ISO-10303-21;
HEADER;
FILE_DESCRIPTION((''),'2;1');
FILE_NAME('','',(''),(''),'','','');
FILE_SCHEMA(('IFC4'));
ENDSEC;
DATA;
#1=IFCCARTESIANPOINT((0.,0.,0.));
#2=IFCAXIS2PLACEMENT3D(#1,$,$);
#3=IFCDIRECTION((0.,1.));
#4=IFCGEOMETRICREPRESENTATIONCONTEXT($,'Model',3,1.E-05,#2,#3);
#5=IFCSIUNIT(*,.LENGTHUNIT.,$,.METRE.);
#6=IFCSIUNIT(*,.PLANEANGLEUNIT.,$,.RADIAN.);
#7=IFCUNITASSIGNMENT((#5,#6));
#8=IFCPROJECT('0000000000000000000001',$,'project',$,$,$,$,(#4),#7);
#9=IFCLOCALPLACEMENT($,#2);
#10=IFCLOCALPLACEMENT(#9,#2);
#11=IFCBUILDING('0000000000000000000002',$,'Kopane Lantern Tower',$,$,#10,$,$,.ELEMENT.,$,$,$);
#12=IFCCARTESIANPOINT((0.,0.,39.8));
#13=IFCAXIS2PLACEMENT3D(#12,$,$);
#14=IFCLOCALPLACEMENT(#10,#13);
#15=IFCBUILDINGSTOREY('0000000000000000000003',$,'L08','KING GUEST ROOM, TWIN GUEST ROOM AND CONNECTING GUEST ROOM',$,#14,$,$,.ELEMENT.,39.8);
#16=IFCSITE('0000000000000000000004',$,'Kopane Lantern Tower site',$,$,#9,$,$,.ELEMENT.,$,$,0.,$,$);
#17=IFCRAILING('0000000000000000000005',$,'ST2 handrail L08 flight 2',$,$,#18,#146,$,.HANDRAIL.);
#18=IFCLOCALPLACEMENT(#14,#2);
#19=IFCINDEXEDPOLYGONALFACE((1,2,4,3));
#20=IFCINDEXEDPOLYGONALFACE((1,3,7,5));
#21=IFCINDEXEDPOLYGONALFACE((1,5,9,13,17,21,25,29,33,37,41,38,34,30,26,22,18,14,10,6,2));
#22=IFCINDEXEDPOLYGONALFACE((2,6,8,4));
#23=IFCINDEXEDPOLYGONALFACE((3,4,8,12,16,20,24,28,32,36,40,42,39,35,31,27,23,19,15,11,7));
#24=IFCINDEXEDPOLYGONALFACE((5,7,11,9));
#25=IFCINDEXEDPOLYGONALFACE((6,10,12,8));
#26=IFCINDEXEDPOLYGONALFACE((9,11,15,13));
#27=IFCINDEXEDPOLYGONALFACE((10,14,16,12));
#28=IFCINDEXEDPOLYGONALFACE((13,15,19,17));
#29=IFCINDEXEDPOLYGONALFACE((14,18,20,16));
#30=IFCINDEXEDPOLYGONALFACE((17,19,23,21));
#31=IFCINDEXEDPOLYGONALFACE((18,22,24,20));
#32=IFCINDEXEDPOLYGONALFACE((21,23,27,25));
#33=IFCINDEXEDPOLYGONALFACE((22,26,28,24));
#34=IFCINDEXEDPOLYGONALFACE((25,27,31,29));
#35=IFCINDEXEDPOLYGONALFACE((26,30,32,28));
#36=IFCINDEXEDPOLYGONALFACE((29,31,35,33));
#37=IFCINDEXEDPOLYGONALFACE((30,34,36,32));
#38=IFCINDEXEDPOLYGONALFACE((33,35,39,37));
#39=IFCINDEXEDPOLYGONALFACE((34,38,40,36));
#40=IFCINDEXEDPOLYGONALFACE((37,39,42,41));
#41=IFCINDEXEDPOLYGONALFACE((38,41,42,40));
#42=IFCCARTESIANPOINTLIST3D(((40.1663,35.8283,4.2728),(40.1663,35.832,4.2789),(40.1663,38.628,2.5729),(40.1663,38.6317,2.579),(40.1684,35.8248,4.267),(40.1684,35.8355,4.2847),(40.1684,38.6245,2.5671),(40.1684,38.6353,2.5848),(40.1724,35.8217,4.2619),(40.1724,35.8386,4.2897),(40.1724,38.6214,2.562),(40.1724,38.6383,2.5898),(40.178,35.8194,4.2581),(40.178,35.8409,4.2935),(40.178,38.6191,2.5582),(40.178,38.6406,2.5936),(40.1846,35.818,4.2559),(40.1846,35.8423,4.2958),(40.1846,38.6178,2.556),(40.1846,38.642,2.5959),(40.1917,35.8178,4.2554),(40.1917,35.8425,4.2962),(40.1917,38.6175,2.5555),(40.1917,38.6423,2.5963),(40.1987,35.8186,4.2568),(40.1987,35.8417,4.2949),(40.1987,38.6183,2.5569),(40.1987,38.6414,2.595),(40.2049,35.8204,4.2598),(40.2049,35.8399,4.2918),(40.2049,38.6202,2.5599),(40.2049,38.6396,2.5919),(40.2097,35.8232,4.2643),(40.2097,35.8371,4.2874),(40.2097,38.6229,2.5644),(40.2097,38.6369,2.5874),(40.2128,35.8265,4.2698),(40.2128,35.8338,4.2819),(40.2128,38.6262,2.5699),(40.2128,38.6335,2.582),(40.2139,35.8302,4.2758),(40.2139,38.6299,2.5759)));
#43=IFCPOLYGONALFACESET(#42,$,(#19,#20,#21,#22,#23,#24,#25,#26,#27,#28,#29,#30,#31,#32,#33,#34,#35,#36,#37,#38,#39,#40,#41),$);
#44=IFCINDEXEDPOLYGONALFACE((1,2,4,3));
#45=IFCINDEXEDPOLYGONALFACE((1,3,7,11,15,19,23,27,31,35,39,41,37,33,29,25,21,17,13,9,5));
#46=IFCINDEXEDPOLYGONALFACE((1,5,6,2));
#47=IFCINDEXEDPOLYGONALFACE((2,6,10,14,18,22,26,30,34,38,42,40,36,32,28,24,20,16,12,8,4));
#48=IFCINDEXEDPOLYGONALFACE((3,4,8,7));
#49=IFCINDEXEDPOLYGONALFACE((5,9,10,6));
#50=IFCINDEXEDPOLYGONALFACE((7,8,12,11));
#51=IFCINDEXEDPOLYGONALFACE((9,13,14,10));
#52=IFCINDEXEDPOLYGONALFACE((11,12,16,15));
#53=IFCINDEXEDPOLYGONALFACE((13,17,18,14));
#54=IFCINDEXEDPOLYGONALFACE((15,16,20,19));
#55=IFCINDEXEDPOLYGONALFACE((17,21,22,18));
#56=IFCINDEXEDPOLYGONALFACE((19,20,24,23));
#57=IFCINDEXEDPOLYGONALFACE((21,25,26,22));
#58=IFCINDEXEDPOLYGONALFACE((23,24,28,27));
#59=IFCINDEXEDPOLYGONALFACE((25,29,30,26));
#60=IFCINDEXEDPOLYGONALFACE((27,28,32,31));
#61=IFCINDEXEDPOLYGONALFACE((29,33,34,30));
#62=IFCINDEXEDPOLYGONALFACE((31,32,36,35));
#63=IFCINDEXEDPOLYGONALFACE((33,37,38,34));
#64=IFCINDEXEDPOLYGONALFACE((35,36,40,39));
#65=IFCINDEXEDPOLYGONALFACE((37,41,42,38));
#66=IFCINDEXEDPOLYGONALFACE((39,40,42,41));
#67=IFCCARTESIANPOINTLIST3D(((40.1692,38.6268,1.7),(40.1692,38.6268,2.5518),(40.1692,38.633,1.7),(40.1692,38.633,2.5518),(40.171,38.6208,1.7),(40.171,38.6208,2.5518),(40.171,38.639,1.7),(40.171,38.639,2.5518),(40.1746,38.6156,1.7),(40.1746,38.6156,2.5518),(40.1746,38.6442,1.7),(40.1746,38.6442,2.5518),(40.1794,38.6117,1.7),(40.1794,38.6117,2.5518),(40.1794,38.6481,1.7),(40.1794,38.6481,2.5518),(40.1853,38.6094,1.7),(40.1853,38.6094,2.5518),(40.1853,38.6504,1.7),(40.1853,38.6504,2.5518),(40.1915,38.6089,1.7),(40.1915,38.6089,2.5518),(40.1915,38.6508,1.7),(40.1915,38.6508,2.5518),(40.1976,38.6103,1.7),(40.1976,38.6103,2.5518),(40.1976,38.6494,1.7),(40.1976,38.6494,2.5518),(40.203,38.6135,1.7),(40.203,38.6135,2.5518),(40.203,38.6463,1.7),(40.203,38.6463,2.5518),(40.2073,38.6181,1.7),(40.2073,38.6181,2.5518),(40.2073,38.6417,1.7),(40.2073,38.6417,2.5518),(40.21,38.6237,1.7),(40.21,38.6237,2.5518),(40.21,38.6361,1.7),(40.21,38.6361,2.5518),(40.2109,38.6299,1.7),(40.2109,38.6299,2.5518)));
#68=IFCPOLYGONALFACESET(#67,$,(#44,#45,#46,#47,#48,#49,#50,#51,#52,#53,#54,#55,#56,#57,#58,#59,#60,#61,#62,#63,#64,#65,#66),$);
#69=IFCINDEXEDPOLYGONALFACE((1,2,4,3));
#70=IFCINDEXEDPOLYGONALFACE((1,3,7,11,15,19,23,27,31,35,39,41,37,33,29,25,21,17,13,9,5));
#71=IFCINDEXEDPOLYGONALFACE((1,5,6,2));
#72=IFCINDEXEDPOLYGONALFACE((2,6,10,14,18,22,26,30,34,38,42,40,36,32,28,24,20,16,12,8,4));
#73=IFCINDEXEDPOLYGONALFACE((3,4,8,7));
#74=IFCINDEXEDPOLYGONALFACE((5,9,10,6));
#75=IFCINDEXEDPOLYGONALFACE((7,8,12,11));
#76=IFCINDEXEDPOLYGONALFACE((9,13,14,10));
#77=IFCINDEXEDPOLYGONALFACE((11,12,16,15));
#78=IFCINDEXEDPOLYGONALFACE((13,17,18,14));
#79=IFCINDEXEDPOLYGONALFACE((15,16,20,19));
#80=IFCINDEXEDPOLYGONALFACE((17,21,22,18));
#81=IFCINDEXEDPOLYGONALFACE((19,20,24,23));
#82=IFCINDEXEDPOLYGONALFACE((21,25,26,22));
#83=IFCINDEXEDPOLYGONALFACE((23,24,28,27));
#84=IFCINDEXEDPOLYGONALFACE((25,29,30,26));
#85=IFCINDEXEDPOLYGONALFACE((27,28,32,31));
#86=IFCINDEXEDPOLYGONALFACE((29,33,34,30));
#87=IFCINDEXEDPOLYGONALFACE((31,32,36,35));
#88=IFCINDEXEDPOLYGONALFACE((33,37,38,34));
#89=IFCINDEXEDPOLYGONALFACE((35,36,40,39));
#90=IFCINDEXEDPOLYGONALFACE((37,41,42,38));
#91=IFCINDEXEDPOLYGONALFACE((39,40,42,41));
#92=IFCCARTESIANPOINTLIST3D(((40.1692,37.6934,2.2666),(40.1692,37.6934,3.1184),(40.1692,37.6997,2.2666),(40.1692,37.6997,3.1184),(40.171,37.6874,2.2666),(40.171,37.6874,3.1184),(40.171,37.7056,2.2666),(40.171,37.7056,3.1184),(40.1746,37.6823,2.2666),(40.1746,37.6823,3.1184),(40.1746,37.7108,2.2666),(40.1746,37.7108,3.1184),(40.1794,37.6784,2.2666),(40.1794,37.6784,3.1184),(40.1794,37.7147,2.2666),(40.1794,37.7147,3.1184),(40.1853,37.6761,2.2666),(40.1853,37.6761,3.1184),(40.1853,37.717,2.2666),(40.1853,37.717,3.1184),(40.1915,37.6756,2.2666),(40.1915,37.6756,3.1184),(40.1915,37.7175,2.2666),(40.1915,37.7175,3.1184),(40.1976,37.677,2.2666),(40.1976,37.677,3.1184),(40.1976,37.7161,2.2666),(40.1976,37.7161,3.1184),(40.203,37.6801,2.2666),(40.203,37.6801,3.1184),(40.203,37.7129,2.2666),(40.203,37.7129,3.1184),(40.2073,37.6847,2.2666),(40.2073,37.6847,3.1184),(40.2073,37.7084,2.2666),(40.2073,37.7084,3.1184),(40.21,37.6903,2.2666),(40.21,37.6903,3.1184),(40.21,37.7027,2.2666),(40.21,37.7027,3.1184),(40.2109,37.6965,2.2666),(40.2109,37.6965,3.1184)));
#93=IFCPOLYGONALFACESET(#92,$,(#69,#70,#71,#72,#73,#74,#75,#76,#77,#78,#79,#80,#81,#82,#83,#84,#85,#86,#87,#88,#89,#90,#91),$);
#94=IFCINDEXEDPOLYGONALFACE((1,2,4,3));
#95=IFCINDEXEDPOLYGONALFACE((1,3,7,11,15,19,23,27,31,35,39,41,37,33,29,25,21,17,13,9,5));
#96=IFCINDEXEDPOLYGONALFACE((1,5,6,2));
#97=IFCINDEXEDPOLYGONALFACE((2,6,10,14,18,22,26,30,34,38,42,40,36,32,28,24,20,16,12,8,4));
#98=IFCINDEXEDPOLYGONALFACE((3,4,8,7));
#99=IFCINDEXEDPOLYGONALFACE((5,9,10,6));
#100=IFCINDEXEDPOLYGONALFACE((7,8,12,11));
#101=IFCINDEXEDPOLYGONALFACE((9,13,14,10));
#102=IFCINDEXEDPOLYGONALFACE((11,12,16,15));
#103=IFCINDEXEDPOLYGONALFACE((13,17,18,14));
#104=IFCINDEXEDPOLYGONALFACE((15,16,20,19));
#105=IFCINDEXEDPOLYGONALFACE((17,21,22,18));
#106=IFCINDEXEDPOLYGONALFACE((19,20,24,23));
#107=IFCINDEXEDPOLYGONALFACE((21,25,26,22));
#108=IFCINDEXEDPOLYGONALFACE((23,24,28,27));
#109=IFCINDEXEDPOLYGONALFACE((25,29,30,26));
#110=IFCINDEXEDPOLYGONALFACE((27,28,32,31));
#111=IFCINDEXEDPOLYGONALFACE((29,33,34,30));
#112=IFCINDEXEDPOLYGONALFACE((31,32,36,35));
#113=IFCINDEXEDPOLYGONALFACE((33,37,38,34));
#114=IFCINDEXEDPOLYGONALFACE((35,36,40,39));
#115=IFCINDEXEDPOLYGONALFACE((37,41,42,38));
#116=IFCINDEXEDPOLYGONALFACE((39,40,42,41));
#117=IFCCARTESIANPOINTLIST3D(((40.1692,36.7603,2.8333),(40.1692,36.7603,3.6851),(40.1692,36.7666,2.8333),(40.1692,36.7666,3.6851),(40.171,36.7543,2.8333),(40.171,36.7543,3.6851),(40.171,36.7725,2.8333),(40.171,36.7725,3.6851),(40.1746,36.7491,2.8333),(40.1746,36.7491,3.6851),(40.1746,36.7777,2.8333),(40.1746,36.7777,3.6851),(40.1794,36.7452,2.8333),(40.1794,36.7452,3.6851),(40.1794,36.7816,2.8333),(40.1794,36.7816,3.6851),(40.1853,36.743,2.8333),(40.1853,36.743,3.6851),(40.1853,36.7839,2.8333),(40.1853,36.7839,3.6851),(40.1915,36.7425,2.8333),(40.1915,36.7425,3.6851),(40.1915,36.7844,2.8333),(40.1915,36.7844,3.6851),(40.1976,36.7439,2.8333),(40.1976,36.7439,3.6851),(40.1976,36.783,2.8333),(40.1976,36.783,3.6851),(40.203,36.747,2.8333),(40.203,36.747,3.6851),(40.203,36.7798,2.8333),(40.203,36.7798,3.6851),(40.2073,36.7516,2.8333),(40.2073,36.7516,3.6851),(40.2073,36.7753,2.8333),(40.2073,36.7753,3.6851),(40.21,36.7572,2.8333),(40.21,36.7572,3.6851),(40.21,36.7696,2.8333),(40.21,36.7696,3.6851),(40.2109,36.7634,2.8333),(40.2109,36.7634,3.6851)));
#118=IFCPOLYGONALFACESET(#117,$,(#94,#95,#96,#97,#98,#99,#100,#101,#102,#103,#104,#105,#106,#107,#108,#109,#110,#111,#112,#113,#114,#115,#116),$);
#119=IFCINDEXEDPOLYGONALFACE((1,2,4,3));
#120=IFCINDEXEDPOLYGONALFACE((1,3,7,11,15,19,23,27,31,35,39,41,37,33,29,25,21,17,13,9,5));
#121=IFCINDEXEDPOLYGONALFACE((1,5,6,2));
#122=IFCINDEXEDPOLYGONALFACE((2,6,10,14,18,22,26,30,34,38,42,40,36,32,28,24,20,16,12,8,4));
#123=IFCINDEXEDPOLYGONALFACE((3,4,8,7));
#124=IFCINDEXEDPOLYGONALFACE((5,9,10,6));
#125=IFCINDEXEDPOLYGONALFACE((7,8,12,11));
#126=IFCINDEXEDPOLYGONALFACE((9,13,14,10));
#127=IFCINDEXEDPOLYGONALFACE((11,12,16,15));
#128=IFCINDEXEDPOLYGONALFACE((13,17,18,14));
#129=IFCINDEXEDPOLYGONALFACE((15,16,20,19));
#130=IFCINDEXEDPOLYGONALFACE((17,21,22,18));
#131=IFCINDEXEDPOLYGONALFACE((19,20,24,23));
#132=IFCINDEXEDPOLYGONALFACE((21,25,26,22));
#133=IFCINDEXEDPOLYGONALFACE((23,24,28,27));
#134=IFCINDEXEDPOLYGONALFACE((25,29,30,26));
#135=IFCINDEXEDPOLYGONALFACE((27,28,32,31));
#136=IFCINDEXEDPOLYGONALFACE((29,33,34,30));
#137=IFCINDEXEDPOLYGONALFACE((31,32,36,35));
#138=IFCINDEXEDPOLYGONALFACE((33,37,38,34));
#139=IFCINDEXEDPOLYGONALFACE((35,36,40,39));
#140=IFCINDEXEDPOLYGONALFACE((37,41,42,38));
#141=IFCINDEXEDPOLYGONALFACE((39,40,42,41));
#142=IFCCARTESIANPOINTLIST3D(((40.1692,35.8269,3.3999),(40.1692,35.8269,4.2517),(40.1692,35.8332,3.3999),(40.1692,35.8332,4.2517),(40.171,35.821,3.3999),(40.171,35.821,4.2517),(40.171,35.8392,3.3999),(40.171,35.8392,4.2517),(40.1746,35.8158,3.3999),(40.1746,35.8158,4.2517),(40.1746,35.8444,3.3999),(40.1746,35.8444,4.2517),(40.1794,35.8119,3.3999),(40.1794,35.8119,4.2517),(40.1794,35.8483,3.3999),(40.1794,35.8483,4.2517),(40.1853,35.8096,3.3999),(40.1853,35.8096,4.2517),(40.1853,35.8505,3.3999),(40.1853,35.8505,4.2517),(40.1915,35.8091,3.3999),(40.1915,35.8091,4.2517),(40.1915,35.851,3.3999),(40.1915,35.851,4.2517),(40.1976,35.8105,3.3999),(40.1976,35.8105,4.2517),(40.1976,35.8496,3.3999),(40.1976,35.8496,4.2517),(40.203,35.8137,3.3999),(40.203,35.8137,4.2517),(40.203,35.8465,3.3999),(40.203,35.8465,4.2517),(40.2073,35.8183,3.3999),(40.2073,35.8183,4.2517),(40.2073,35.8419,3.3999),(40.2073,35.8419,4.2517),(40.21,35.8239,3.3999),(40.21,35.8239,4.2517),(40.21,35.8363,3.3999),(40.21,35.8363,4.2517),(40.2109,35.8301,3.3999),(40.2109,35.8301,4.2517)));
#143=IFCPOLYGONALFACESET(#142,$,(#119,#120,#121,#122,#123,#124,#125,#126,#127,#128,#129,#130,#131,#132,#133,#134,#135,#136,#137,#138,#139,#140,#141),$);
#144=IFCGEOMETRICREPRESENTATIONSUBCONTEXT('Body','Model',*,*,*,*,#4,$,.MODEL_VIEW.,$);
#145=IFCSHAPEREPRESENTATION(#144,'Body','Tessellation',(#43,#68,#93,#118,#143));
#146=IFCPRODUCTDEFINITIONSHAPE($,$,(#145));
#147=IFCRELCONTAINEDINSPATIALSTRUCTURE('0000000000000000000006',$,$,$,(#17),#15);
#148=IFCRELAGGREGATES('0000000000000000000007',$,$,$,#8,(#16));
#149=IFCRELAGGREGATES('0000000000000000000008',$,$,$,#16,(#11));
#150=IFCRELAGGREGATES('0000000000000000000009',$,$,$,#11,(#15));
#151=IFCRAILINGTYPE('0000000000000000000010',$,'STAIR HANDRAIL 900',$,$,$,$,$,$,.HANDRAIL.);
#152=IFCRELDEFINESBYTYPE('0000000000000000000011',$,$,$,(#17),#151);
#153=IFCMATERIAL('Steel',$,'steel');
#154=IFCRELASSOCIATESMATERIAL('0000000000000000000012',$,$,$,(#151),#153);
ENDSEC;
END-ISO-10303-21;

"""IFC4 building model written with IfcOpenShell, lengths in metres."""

from ifc_helpers import new_model, si_unit, direction, frame, origin, origin_2d, place, context, subcontext, project, spatial, circle, extrude, material, type_object, element, save


model = new_model("IFC4")

# Units and contexts
model_context = context("Model", 3, precision=1e-05, world=origin(), true_north=direction((0.0, 1.0)))
body_context = subcontext(model_context, "Body", "Model", "MODEL_VIEW")
ifc_project = project(units=[si_unit("LENGTHUNIT", "METRE"), si_unit("PLANEANGLEUNIT", "RADIAN")], contexts=[model_context])

# Site, building, storey
site_placement = place(None, origin())
site = spatial("IfcSite", under=ifc_project, at=site_placement, Name="Kopane Lantern Tower site", CompositionType="ELEMENT", RefElevation=0.0)
building_placement = place(site_placement, origin())
building = spatial("IfcBuilding", under=site, at=building_placement, Name="Kopane Lantern Tower", CompositionType="ELEMENT")
storey_placement = place(building_placement, frame((0.0, 0.0, 39.8)))
storey = spatial("IfcBuildingStorey", under=building, at=storey_placement, Name="L08", Description="KING GUEST ROOM, TWIN GUEST ROOM AND CONNECTING GUEST ROOM", CompositionType="ELEMENT", Elevation=39.8)

# Railing
ifc_material_1 = material(Name="Steel", Category="steel")
railing_type = type_object("IfcRailingType", Name="STAIR HANDRAIL 900", PredefinedType="HANDRAIL", material=ifc_material_1)
for number, where, name in (
    (1, (40.1899, 38.6299, 1.7), "ST2 handrail L08 flight 2"),
):
    element("IfcRailing", number, at=place(storey_placement, frame(where)), inside=storey, type_object=railing_type, Name=name, PredefinedType="HANDRAIL", context=body_context, shape_type="SweptSolid", body=[
        extrude(circle(Radius=0.0239, at=origin_2d()), frame((0.0, 0.0, 0.876), z_axis=(0.0, -0.854778, 0.518994), x_axis=(1.0, 0.0, 0.0)), (0.0, 0.0, 1.0), 3.2754),
        extrude(circle(Radius=0.021, at=origin_2d()), origin(), (0.0, 0.0, 1.0), 0.8518),
        extrude(circle(Radius=0.021, at=origin_2d()), frame((0.0, -0.9333, 0.5667)), (0.0, 0.0, 1.0), 0.8518),
        extrude(circle(Radius=0.021, at=origin_2d()), frame((0.0, -1.8665, 1.1333)), (0.0, 0.0, 1.0), 0.8518),
        extrude(circle(Radius=0.021, at=origin_2d()), frame((0.0, -2.7998, 1.7)), (0.0, 0.0, 1.0), 0.8518),
    ])

save(model, "model.ifc")
